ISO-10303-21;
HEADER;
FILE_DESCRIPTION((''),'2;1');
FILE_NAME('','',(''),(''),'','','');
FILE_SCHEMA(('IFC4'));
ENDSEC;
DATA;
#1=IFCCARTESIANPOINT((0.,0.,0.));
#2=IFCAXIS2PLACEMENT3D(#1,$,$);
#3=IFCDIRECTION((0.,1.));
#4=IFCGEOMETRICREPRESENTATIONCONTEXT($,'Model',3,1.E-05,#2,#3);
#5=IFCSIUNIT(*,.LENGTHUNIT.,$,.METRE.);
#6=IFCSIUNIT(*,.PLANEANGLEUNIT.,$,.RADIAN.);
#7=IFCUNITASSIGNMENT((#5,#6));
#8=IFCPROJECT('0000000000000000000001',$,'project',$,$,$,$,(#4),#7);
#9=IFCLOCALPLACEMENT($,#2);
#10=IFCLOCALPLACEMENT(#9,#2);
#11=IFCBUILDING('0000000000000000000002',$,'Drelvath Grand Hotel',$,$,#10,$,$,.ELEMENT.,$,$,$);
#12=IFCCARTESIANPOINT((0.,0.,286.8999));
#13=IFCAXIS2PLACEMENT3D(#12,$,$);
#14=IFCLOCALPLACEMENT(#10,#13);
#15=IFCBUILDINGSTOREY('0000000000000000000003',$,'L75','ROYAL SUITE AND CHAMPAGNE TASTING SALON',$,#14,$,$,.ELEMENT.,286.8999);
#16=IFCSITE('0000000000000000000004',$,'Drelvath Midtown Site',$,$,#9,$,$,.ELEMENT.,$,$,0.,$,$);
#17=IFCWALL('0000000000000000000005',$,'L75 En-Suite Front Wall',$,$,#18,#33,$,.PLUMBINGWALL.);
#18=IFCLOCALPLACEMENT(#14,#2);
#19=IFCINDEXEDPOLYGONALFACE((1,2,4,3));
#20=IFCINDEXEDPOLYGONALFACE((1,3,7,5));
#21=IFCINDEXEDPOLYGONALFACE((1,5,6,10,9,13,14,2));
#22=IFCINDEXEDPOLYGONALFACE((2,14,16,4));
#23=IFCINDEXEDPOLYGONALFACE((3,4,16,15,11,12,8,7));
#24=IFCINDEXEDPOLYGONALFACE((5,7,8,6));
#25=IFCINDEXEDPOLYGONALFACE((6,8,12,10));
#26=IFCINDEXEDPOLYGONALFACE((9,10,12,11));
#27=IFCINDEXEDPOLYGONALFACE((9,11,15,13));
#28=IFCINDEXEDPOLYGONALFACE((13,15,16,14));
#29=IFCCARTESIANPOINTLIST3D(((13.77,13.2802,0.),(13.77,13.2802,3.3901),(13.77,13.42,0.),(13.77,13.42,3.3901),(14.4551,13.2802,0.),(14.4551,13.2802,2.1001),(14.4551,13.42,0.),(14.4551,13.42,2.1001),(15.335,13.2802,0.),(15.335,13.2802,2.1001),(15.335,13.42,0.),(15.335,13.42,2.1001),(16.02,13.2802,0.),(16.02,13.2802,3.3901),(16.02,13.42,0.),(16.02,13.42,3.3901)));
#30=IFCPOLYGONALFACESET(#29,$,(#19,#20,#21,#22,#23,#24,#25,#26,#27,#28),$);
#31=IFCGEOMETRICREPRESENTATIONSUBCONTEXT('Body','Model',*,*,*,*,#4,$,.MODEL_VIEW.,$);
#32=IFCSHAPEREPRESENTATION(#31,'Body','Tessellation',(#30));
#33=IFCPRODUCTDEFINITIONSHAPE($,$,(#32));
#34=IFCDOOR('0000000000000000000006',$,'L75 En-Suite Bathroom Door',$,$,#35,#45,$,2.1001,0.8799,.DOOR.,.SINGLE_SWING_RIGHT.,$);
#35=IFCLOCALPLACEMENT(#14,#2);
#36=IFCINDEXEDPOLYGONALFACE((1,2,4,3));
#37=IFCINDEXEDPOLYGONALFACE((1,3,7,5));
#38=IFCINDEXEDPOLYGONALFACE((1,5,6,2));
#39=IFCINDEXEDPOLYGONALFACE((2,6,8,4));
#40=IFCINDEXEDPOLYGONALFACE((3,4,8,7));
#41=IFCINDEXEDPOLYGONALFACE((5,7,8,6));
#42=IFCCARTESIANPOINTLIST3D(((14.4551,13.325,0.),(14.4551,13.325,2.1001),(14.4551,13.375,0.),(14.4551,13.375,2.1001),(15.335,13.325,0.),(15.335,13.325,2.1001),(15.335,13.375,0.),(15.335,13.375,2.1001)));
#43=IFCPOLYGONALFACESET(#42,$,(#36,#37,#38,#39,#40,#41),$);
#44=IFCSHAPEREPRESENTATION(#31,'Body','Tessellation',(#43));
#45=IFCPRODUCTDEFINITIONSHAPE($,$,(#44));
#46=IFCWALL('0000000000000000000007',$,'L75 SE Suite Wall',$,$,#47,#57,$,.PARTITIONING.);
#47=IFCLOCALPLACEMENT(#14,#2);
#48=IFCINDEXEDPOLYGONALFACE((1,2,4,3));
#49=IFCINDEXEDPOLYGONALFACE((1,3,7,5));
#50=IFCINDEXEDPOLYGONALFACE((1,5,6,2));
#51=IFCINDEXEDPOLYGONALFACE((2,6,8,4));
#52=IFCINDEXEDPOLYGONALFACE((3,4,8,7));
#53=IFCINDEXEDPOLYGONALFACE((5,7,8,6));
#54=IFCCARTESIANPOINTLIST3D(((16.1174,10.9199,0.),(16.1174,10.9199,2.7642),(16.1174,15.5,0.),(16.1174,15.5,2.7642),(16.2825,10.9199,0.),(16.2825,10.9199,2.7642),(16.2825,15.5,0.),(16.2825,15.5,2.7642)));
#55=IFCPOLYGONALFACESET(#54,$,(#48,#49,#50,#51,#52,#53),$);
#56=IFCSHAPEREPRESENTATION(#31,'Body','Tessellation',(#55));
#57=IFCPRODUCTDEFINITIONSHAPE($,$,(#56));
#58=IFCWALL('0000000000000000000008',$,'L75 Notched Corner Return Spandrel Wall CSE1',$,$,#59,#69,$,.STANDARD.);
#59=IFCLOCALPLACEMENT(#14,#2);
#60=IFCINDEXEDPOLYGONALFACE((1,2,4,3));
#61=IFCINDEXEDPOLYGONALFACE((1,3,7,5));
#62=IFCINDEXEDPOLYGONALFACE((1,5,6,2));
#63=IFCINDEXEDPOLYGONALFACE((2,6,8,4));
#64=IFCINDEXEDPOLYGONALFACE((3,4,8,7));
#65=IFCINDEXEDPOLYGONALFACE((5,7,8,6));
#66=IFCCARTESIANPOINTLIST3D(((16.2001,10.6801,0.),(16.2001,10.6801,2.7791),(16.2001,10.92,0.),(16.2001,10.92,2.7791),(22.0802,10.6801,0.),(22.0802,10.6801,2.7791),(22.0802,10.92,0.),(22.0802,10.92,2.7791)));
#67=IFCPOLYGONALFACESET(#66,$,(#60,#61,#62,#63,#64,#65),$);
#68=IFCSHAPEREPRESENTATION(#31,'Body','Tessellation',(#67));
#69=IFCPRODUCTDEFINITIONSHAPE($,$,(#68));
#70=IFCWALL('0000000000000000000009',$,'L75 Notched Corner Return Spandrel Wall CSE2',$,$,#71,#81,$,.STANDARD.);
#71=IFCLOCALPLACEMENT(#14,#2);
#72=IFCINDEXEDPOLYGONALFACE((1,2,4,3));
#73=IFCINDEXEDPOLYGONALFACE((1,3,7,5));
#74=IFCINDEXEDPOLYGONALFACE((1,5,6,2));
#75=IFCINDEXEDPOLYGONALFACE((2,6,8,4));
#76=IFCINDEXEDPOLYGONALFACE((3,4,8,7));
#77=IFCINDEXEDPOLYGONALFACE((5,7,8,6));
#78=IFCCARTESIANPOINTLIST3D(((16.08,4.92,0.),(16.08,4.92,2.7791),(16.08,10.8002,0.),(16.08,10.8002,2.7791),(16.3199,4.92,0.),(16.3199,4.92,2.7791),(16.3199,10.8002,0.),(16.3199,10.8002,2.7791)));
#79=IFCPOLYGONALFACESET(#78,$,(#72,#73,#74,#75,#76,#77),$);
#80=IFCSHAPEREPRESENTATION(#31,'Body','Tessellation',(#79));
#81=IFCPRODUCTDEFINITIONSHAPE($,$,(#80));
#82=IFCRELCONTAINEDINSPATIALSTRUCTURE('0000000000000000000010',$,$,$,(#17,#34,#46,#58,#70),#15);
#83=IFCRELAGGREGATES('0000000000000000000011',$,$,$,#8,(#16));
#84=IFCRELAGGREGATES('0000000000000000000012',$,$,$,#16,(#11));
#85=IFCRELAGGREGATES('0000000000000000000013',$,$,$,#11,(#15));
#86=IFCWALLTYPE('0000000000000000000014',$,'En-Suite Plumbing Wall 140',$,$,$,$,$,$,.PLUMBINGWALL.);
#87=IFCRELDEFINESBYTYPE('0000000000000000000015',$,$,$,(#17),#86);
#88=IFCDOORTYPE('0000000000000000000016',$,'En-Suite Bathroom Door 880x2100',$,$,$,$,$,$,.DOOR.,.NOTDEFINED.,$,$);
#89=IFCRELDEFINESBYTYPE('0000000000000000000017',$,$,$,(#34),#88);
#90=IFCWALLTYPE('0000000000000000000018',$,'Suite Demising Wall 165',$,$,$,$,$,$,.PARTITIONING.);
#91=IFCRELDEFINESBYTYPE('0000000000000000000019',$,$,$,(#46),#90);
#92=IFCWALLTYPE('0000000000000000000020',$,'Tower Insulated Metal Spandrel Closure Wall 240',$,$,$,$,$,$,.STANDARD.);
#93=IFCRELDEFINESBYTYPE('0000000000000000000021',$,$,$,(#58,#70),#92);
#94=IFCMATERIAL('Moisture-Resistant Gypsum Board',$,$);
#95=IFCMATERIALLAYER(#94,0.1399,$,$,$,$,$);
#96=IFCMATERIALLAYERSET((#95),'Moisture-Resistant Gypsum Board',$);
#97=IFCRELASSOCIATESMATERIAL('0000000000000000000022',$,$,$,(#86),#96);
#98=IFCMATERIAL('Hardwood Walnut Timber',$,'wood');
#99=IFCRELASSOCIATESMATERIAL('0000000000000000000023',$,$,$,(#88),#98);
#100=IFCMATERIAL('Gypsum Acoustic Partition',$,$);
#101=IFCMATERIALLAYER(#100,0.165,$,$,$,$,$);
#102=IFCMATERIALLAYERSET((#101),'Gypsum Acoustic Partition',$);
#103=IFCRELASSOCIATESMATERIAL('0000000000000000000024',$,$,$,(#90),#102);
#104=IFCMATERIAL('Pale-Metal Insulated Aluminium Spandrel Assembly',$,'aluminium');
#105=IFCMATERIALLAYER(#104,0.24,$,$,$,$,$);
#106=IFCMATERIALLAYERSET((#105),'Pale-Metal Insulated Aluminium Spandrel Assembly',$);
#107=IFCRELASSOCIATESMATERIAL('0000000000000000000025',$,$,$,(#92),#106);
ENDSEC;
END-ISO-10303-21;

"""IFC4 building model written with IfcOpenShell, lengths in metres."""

from ifc_helpers import new_model, si_unit, direction, frame, frame_2d, origin, place, context, subcontext, project, spatial, rectangle, extrude, material, layer, layer_set, type_object, element, fill, save


model = new_model("IFC4")

# Units and contexts
model_context = context("Model", 3, precision=1e-05, world=origin(), true_north=direction((0.0, 1.0)))
body_context = subcontext(model_context, "Body", "Model", "MODEL_VIEW")
ifc_project = project(units=[si_unit("LENGTHUNIT", "METRE"), si_unit("PLANEANGLEUNIT", "RADIAN")], contexts=[model_context])

# Site, building, storey
site_placement = place(None, origin())
site = spatial("IfcSite", under=ifc_project, at=site_placement, Name="Drelvath Midtown Site", CompositionType="ELEMENT", RefElevation=0.0)
building_placement = place(site_placement, origin())
building = spatial("IfcBuilding", under=site, at=building_placement, Name="Drelvath Grand Hotel", CompositionType="ELEMENT")
storey_placement = place(building_placement, frame((0.0, 0.0, 286.8999)))
storey = spatial("IfcBuildingStorey", under=building, at=storey_placement, Name="L75", Description="ROYAL SUITE AND CHAMPAGNE TASTING SALON", CompositionType="ELEMENT", Elevation=286.8999)

# Shared definitions
ifc_material_1 = material(Name="Moisture-Resistant Gypsum Board")
ifc_layer_1 = layer(ifc_material_1, 0.1399)
ifc_layer_set_1 = layer_set([ifc_layer_1], Name="Moisture-Resistant Gypsum Board")
wall_type_1 = type_object("IfcWallType", Name="En-Suite Plumbing Wall 140", PredefinedType="PLUMBINGWALL", material=ifc_layer_set_1)
ifc_material_2 = material(Name="Hardwood Walnut Timber", Category="wood")
door_type = type_object("IfcDoorType", Name="En-Suite Bathroom Door 880x2100", OperationType="NOTDEFINED", PredefinedType="DOOR", material=ifc_material_2)

# Wall, opening, door
wall_1_placement = place(storey_placement, frame((13.77, 13.3501, 0.0), z_axis=(0.0, 0.0, 1.0), x_axis=(1.0, 0.0, 0.0)))
wall_1 = element("IfcWall", 1, at=wall_1_placement, inside=storey, type_object=wall_type_1, Name="L75 En-Suite Front Wall", PredefinedType="PLUMBINGWALL", context=body_context, shape_type="SweptSolid", body=[
    extrude(rectangle(XDim=2.25, YDim=0.1399, at=frame_2d((1.125, 0.0))), origin(), (0.0, 0.0, 1.0), 3.3901),
])
opening_1_placement = place(wall_1_placement, frame((0.6851, 0.0, 0.0)))
opening_1 = element("IfcOpeningElement", 2, at=opening_1_placement, cuts=wall_1, PredefinedType="OPENING", context=body_context, shape_type="SweptSolid", body=[
    extrude(rectangle(XDim=0.8799, YDim=2.1001, at=frame_2d((0.4399, 1.05))), frame((0.0, 0.0798, 0.0), z_axis=(0.0, -1.0, 0.0), x_axis=(1.0, 0.0, 0.0)), (0.0, 0.0, 1.0), 0.1599),
])
door_1_placement = place(opening_1_placement, origin())
door_1 = element("IfcDoor", 3, at=door_1_placement, inside=storey, type_object=door_type, Name="L75 En-Suite Bathroom Door", OperationType="SINGLE_SWING_RIGHT", OverallHeight=2.1001, OverallWidth=0.8799, PredefinedType="DOOR", context=body_context, shape_type="SweptSolid", body=[
    extrude(rectangle(XDim=0.8799, YDim=2.1001, at=frame_2d((0.4399, 1.05))), frame((0.0, 0.0249, 0.0), z_axis=(0.0, -1.0, 0.0), x_axis=(1.0, 0.0, 0.0)), (0.0, 0.0, 1.0), 0.05),
])
fill(opening_1, door_1)

# Walls
ifc_material_3 = material(Name="Gypsum Acoustic Partition")
ifc_layer_2 = layer(ifc_material_3, 0.165)
ifc_layer_set_2 = layer_set([ifc_layer_2], Name="Gypsum Acoustic Partition")
wall_type_2 = type_object("IfcWallType", Name="Suite Demising Wall 165", PredefinedType="PARTITIONING", material=ifc_layer_set_2)
wall_2_placement = place(storey_placement, frame((16.2, 10.9199, 0.0), z_axis=(0.0, 0.0, 1.0), x_axis=(0.0, 1.0, 0.0)))
element("IfcWall", 4, at=wall_2_placement, inside=storey, type_object=wall_type_2, Name="L75 SE Suite Wall", PredefinedType="PARTITIONING", context=body_context, shape_type="SweptSolid", body=[
    extrude(rectangle(XDim=4.5801, YDim=0.165, at=frame_2d((2.29, 0.0))), origin(), (0.0, 0.0, 1.0), 2.7642),
])
ifc_material_4 = material(Name="Pale-Metal Insulated Aluminium Spandrel Assembly", Category="aluminium")
ifc_layer_3 = layer(ifc_material_4, 0.24)
ifc_layer_set_3 = layer_set([ifc_layer_3], Name="Pale-Metal Insulated Aluminium Spandrel Assembly")
wall_type_3 = type_object("IfcWallType", Name="Tower Insulated Metal Spandrel Closure Wall 240", PredefinedType="STANDARD", material=ifc_layer_set_3)
for number, where, z_axis, x_axis, name in (
    (5, (22.0801, 10.8, 0.0), (0.0, 0.0, 1.0), (-1.0, 0.0, 0.0), "L75 Notched Corner Return Spandrel Wall CSE1"),
    (6, (16.2, 10.8, 0.0), (0.0, 0.0, 1.0), (0.0, -1.0, 0.0), "L75 Notched Corner Return Spandrel Wall CSE2"),
):
    element("IfcWall", number, at=place(storey_placement, frame(where, z_axis=z_axis, x_axis=x_axis)), inside=storey, type_object=wall_type_3, Name=name, PredefinedType="STANDARD", context=body_context, shape_type="SweptSolid", body=[
        extrude(rectangle(XDim=5.8801, YDim=0.24, at=frame_2d((2.9399, 0.0))), origin(), (0.0, 0.0, 1.0), 2.7791),
    ])

save(model, "model.ifc")
